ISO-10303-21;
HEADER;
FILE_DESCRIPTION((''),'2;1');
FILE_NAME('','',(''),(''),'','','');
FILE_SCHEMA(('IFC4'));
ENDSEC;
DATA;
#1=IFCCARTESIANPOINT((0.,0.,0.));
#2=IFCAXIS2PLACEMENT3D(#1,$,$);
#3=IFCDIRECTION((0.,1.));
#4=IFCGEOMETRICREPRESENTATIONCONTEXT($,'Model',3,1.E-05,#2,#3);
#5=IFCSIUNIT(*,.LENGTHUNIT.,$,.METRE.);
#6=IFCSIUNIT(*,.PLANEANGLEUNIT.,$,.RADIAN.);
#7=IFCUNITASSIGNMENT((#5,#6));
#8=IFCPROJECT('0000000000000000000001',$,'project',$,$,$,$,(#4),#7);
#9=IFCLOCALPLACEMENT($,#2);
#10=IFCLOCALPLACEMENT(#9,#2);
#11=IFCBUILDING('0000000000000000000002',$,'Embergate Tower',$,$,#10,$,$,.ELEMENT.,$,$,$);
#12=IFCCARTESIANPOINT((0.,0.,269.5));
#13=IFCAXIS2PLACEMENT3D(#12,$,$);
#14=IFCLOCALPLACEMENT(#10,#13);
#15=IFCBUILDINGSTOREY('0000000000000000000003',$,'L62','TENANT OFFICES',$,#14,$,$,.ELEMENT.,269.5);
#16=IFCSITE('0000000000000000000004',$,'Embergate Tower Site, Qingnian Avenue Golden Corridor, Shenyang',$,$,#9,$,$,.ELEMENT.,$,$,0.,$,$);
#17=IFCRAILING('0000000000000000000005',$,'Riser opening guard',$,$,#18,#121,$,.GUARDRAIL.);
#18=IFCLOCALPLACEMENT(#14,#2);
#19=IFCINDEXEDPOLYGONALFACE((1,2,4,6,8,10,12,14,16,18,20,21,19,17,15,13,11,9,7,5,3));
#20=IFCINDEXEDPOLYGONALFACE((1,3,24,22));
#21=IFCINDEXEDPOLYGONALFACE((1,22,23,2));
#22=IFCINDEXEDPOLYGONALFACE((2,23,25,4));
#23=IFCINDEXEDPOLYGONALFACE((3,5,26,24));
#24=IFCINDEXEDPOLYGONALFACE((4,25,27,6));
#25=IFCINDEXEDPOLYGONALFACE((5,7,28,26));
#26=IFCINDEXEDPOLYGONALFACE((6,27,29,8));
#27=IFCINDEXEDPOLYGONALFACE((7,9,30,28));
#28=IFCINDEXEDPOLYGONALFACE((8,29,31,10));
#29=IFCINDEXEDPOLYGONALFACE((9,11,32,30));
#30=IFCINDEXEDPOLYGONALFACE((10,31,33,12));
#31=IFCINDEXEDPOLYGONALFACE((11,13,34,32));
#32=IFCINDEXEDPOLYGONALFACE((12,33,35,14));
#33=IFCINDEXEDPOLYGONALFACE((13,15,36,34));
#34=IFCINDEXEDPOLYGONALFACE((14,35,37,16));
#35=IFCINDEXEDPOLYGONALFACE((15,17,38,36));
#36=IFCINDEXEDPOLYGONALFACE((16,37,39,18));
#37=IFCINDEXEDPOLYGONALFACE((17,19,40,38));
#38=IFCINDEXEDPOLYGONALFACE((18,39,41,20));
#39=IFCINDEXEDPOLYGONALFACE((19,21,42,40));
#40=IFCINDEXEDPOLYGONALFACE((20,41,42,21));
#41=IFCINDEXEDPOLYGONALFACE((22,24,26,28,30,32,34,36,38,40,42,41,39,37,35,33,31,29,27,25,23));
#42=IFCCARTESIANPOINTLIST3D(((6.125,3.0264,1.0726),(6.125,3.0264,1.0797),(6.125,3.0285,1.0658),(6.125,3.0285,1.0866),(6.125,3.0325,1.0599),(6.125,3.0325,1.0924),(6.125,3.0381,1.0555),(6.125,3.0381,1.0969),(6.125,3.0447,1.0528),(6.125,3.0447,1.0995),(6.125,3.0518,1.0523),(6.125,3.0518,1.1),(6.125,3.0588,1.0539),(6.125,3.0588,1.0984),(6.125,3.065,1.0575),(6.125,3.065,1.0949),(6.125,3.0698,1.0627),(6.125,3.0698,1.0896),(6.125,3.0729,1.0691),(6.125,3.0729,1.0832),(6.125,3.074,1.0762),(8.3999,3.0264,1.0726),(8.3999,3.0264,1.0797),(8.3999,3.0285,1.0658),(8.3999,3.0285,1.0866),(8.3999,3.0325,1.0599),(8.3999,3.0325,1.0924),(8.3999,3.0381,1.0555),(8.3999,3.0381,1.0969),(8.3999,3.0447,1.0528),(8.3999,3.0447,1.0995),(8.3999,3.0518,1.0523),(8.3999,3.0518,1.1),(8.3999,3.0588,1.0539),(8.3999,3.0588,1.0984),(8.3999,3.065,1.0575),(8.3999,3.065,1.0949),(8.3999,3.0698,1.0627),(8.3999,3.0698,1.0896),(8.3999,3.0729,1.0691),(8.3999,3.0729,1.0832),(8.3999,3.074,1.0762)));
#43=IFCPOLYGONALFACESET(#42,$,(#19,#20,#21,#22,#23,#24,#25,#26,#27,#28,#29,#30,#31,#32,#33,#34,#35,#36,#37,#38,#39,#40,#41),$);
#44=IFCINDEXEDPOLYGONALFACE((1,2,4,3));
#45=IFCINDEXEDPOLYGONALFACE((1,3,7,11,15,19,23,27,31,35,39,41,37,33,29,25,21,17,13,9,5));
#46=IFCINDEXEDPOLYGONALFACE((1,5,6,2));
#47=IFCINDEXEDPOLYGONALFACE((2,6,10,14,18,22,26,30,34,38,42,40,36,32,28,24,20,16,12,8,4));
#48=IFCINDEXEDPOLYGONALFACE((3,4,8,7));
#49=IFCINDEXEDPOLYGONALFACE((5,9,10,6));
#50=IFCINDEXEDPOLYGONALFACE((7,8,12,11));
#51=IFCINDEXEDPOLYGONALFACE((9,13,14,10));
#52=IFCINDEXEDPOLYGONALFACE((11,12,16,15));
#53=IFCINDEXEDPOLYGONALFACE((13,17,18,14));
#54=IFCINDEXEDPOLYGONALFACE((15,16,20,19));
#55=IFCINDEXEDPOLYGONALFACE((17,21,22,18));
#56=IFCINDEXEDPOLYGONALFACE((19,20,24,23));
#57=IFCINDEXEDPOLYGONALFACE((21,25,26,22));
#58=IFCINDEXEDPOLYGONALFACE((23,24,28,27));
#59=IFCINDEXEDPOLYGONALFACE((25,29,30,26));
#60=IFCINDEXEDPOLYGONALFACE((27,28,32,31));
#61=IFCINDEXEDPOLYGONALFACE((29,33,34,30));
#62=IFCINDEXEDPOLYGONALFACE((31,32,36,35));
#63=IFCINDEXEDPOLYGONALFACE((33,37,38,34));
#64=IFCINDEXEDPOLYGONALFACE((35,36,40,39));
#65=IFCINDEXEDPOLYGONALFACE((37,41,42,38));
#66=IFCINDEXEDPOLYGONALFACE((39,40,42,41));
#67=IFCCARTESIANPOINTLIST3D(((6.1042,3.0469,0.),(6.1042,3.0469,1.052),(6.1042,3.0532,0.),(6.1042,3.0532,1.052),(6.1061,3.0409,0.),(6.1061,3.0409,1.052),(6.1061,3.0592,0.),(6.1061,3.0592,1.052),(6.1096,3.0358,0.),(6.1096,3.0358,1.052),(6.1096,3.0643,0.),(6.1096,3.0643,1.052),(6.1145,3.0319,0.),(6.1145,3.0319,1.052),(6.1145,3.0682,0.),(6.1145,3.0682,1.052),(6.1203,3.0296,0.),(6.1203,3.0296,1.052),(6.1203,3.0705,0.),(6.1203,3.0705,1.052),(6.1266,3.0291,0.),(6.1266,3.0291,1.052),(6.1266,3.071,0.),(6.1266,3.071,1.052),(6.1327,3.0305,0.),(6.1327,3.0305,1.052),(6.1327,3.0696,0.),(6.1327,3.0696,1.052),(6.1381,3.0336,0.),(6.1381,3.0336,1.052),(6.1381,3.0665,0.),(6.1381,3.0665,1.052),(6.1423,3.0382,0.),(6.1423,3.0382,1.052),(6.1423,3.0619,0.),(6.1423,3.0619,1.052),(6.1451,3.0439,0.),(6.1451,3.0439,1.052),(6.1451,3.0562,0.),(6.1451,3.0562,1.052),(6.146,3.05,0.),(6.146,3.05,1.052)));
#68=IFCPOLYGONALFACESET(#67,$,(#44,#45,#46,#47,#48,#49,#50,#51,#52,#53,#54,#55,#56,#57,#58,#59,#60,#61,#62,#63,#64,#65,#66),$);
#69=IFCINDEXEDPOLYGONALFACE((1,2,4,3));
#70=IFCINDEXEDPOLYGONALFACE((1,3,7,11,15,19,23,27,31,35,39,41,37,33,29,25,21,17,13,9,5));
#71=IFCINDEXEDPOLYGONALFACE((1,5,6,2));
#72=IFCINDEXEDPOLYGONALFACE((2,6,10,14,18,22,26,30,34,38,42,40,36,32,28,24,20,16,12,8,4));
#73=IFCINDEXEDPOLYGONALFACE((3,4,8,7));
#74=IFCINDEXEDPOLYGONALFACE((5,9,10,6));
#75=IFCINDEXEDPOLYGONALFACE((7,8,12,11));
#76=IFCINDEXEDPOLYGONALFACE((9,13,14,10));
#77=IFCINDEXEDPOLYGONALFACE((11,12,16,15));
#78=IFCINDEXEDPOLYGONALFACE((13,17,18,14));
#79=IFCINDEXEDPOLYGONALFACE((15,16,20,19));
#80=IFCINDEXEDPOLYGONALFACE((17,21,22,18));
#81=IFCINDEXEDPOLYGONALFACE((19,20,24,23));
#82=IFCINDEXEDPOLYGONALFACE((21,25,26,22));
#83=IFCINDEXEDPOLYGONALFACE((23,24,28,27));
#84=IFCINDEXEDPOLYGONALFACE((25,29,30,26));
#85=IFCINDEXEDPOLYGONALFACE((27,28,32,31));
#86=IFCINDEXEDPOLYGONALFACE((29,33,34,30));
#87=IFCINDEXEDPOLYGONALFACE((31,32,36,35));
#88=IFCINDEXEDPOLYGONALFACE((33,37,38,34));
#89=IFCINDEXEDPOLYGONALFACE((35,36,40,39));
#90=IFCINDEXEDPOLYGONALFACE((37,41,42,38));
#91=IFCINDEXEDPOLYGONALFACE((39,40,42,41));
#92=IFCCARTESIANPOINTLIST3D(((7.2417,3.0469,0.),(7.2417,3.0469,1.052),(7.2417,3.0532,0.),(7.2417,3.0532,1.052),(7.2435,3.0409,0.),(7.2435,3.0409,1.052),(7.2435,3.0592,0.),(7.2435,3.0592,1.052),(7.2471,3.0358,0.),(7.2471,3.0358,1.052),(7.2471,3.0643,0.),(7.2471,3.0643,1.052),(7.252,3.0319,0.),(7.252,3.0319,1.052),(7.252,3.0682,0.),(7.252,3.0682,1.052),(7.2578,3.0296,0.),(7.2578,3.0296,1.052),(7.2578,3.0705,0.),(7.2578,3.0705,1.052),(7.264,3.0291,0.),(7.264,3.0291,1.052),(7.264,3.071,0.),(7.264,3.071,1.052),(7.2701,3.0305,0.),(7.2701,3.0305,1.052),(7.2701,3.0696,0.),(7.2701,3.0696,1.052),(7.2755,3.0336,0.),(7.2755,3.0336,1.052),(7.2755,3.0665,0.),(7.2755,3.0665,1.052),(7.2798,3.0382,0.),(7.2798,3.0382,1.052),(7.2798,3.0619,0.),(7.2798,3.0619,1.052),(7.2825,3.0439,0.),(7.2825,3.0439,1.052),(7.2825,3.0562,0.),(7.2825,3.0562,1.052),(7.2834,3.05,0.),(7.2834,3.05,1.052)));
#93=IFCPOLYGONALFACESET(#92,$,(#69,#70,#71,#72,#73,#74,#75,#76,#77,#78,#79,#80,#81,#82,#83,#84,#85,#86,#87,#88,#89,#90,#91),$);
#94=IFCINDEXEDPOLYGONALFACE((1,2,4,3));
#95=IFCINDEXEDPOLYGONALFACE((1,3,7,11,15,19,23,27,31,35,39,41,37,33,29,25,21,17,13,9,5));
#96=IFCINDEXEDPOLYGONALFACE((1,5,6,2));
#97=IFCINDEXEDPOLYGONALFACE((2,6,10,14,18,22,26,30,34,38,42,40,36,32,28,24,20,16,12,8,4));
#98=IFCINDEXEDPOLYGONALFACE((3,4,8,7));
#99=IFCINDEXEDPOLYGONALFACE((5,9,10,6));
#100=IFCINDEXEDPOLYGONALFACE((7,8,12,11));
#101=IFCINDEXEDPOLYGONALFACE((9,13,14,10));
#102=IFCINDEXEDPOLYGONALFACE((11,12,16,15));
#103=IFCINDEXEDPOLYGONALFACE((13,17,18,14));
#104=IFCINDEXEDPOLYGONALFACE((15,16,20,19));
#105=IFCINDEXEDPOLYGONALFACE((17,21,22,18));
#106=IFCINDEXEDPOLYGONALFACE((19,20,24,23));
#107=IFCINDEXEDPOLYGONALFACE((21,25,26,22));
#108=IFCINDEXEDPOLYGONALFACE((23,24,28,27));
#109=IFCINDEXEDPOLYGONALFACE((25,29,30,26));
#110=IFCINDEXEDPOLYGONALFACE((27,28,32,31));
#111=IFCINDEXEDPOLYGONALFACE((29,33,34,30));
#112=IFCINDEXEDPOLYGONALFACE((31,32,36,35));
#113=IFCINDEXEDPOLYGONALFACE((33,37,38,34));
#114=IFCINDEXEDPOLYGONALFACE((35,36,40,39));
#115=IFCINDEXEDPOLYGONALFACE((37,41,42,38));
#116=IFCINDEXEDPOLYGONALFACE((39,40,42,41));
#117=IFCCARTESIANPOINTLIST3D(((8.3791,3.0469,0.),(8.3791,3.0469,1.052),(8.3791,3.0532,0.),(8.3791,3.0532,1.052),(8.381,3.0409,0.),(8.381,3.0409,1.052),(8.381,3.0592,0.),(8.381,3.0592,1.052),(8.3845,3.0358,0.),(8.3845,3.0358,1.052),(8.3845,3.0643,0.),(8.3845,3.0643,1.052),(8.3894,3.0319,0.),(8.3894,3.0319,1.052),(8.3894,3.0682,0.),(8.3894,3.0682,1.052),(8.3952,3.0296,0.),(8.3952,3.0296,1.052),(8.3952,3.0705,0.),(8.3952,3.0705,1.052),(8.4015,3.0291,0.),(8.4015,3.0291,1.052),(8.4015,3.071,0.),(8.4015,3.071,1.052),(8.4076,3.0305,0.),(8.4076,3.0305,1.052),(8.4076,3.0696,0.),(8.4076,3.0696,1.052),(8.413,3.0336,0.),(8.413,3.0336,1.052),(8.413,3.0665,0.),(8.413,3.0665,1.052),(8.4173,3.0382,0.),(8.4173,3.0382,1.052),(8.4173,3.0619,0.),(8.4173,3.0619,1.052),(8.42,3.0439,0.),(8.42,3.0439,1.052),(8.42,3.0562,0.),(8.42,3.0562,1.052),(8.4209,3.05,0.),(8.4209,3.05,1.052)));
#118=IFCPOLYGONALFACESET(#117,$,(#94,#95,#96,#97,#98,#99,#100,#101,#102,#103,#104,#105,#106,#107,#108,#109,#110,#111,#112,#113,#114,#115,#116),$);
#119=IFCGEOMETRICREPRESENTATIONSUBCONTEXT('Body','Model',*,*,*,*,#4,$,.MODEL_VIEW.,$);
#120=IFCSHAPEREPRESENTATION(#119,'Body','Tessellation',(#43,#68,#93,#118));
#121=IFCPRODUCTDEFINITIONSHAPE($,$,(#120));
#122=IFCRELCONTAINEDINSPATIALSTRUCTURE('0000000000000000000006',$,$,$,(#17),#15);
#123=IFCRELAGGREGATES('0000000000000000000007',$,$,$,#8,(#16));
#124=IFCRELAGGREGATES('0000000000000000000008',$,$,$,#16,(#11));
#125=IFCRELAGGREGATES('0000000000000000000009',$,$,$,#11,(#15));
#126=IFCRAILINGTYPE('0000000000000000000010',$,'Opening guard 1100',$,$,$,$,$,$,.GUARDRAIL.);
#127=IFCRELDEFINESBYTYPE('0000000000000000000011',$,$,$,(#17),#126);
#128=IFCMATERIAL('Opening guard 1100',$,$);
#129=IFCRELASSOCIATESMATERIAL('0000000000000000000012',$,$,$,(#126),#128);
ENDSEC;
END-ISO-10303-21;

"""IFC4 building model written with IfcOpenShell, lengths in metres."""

from ifc_helpers import new_model, si_unit, direction, frame, origin, origin_2d, place, context, subcontext, project, spatial, circle, extrude, source, transform, mapped, material, type_object, element, save


model = new_model("IFC4")

# Units and contexts
model_context = context("Model", 3, precision=1e-05, world=origin(), true_north=direction((0.0, 1.0)))
body_context = subcontext(model_context, "Body", "Model", "MODEL_VIEW")
ifc_project = project(units=[si_unit("LENGTHUNIT", "METRE"), si_unit("PLANEANGLEUNIT", "RADIAN")], contexts=[model_context])

# Site, building, storey
site_placement = place(None, origin())
site = spatial("IfcSite", under=ifc_project, at=site_placement, Name="Embergate Tower Site, Qingnian Avenue Golden Corridor, Shenyang", CompositionType="ELEMENT", RefElevation=0.0)
building_placement = place(site_placement, origin())
building = spatial("IfcBuilding", under=site, at=building_placement, Name="Embergate Tower", CompositionType="ELEMENT")
storey_placement = place(building_placement, frame((0.0, 0.0, 269.5)))
storey = spatial("IfcBuildingStorey", under=building, at=storey_placement, Name="L62", Description="TENANT OFFICES", CompositionType="ELEMENT", Elevation=269.5)

# Railing
ifc_material_1 = material(Name="Opening guard 1100")
railing_type = type_object("IfcRailingType", Name="Opening guard 1100", PredefinedType="GUARDRAIL", material=ifc_material_1)
shared_shape_1 = source(origin(), body_context, "Body", "SweptSolid", [
    extrude(circle(Radius=0.0239, at=origin_2d()), frame((0.0, 0.0, 1.0762), z_axis=(1.0, 0.0, 0.0), x_axis=(0.0, 1.0, 0.0)), (0.0, 0.0, 1.0), 2.2749),
    extrude(circle(Radius=0.021, at=origin_2d()), origin(), (0.0, 0.0, 1.0), 1.052),
    extrude(circle(Radius=0.021, at=origin_2d()), frame((1.1375, 0.0, 0.0)), (0.0, 0.0, 1.0), 1.052),
    extrude(circle(Radius=0.021, at=origin_2d()), frame((2.2749, 0.0, 0.0)), (0.0, 0.0, 1.0), 1.052),
])
railing_placement = place(storey_placement, frame((6.125, 3.05, 0.0)))
element("IfcRailing", 1, at=railing_placement, inside=storey, type_object=railing_type, Name="Riser opening guard", PredefinedType="GUARDRAIL", context=body_context, shape_type="MappedRepresentation", body=[
    mapped(shared_shape_1, transform((0.0, 0.0, 0.0))),
])

save(model, "model.ifc")
